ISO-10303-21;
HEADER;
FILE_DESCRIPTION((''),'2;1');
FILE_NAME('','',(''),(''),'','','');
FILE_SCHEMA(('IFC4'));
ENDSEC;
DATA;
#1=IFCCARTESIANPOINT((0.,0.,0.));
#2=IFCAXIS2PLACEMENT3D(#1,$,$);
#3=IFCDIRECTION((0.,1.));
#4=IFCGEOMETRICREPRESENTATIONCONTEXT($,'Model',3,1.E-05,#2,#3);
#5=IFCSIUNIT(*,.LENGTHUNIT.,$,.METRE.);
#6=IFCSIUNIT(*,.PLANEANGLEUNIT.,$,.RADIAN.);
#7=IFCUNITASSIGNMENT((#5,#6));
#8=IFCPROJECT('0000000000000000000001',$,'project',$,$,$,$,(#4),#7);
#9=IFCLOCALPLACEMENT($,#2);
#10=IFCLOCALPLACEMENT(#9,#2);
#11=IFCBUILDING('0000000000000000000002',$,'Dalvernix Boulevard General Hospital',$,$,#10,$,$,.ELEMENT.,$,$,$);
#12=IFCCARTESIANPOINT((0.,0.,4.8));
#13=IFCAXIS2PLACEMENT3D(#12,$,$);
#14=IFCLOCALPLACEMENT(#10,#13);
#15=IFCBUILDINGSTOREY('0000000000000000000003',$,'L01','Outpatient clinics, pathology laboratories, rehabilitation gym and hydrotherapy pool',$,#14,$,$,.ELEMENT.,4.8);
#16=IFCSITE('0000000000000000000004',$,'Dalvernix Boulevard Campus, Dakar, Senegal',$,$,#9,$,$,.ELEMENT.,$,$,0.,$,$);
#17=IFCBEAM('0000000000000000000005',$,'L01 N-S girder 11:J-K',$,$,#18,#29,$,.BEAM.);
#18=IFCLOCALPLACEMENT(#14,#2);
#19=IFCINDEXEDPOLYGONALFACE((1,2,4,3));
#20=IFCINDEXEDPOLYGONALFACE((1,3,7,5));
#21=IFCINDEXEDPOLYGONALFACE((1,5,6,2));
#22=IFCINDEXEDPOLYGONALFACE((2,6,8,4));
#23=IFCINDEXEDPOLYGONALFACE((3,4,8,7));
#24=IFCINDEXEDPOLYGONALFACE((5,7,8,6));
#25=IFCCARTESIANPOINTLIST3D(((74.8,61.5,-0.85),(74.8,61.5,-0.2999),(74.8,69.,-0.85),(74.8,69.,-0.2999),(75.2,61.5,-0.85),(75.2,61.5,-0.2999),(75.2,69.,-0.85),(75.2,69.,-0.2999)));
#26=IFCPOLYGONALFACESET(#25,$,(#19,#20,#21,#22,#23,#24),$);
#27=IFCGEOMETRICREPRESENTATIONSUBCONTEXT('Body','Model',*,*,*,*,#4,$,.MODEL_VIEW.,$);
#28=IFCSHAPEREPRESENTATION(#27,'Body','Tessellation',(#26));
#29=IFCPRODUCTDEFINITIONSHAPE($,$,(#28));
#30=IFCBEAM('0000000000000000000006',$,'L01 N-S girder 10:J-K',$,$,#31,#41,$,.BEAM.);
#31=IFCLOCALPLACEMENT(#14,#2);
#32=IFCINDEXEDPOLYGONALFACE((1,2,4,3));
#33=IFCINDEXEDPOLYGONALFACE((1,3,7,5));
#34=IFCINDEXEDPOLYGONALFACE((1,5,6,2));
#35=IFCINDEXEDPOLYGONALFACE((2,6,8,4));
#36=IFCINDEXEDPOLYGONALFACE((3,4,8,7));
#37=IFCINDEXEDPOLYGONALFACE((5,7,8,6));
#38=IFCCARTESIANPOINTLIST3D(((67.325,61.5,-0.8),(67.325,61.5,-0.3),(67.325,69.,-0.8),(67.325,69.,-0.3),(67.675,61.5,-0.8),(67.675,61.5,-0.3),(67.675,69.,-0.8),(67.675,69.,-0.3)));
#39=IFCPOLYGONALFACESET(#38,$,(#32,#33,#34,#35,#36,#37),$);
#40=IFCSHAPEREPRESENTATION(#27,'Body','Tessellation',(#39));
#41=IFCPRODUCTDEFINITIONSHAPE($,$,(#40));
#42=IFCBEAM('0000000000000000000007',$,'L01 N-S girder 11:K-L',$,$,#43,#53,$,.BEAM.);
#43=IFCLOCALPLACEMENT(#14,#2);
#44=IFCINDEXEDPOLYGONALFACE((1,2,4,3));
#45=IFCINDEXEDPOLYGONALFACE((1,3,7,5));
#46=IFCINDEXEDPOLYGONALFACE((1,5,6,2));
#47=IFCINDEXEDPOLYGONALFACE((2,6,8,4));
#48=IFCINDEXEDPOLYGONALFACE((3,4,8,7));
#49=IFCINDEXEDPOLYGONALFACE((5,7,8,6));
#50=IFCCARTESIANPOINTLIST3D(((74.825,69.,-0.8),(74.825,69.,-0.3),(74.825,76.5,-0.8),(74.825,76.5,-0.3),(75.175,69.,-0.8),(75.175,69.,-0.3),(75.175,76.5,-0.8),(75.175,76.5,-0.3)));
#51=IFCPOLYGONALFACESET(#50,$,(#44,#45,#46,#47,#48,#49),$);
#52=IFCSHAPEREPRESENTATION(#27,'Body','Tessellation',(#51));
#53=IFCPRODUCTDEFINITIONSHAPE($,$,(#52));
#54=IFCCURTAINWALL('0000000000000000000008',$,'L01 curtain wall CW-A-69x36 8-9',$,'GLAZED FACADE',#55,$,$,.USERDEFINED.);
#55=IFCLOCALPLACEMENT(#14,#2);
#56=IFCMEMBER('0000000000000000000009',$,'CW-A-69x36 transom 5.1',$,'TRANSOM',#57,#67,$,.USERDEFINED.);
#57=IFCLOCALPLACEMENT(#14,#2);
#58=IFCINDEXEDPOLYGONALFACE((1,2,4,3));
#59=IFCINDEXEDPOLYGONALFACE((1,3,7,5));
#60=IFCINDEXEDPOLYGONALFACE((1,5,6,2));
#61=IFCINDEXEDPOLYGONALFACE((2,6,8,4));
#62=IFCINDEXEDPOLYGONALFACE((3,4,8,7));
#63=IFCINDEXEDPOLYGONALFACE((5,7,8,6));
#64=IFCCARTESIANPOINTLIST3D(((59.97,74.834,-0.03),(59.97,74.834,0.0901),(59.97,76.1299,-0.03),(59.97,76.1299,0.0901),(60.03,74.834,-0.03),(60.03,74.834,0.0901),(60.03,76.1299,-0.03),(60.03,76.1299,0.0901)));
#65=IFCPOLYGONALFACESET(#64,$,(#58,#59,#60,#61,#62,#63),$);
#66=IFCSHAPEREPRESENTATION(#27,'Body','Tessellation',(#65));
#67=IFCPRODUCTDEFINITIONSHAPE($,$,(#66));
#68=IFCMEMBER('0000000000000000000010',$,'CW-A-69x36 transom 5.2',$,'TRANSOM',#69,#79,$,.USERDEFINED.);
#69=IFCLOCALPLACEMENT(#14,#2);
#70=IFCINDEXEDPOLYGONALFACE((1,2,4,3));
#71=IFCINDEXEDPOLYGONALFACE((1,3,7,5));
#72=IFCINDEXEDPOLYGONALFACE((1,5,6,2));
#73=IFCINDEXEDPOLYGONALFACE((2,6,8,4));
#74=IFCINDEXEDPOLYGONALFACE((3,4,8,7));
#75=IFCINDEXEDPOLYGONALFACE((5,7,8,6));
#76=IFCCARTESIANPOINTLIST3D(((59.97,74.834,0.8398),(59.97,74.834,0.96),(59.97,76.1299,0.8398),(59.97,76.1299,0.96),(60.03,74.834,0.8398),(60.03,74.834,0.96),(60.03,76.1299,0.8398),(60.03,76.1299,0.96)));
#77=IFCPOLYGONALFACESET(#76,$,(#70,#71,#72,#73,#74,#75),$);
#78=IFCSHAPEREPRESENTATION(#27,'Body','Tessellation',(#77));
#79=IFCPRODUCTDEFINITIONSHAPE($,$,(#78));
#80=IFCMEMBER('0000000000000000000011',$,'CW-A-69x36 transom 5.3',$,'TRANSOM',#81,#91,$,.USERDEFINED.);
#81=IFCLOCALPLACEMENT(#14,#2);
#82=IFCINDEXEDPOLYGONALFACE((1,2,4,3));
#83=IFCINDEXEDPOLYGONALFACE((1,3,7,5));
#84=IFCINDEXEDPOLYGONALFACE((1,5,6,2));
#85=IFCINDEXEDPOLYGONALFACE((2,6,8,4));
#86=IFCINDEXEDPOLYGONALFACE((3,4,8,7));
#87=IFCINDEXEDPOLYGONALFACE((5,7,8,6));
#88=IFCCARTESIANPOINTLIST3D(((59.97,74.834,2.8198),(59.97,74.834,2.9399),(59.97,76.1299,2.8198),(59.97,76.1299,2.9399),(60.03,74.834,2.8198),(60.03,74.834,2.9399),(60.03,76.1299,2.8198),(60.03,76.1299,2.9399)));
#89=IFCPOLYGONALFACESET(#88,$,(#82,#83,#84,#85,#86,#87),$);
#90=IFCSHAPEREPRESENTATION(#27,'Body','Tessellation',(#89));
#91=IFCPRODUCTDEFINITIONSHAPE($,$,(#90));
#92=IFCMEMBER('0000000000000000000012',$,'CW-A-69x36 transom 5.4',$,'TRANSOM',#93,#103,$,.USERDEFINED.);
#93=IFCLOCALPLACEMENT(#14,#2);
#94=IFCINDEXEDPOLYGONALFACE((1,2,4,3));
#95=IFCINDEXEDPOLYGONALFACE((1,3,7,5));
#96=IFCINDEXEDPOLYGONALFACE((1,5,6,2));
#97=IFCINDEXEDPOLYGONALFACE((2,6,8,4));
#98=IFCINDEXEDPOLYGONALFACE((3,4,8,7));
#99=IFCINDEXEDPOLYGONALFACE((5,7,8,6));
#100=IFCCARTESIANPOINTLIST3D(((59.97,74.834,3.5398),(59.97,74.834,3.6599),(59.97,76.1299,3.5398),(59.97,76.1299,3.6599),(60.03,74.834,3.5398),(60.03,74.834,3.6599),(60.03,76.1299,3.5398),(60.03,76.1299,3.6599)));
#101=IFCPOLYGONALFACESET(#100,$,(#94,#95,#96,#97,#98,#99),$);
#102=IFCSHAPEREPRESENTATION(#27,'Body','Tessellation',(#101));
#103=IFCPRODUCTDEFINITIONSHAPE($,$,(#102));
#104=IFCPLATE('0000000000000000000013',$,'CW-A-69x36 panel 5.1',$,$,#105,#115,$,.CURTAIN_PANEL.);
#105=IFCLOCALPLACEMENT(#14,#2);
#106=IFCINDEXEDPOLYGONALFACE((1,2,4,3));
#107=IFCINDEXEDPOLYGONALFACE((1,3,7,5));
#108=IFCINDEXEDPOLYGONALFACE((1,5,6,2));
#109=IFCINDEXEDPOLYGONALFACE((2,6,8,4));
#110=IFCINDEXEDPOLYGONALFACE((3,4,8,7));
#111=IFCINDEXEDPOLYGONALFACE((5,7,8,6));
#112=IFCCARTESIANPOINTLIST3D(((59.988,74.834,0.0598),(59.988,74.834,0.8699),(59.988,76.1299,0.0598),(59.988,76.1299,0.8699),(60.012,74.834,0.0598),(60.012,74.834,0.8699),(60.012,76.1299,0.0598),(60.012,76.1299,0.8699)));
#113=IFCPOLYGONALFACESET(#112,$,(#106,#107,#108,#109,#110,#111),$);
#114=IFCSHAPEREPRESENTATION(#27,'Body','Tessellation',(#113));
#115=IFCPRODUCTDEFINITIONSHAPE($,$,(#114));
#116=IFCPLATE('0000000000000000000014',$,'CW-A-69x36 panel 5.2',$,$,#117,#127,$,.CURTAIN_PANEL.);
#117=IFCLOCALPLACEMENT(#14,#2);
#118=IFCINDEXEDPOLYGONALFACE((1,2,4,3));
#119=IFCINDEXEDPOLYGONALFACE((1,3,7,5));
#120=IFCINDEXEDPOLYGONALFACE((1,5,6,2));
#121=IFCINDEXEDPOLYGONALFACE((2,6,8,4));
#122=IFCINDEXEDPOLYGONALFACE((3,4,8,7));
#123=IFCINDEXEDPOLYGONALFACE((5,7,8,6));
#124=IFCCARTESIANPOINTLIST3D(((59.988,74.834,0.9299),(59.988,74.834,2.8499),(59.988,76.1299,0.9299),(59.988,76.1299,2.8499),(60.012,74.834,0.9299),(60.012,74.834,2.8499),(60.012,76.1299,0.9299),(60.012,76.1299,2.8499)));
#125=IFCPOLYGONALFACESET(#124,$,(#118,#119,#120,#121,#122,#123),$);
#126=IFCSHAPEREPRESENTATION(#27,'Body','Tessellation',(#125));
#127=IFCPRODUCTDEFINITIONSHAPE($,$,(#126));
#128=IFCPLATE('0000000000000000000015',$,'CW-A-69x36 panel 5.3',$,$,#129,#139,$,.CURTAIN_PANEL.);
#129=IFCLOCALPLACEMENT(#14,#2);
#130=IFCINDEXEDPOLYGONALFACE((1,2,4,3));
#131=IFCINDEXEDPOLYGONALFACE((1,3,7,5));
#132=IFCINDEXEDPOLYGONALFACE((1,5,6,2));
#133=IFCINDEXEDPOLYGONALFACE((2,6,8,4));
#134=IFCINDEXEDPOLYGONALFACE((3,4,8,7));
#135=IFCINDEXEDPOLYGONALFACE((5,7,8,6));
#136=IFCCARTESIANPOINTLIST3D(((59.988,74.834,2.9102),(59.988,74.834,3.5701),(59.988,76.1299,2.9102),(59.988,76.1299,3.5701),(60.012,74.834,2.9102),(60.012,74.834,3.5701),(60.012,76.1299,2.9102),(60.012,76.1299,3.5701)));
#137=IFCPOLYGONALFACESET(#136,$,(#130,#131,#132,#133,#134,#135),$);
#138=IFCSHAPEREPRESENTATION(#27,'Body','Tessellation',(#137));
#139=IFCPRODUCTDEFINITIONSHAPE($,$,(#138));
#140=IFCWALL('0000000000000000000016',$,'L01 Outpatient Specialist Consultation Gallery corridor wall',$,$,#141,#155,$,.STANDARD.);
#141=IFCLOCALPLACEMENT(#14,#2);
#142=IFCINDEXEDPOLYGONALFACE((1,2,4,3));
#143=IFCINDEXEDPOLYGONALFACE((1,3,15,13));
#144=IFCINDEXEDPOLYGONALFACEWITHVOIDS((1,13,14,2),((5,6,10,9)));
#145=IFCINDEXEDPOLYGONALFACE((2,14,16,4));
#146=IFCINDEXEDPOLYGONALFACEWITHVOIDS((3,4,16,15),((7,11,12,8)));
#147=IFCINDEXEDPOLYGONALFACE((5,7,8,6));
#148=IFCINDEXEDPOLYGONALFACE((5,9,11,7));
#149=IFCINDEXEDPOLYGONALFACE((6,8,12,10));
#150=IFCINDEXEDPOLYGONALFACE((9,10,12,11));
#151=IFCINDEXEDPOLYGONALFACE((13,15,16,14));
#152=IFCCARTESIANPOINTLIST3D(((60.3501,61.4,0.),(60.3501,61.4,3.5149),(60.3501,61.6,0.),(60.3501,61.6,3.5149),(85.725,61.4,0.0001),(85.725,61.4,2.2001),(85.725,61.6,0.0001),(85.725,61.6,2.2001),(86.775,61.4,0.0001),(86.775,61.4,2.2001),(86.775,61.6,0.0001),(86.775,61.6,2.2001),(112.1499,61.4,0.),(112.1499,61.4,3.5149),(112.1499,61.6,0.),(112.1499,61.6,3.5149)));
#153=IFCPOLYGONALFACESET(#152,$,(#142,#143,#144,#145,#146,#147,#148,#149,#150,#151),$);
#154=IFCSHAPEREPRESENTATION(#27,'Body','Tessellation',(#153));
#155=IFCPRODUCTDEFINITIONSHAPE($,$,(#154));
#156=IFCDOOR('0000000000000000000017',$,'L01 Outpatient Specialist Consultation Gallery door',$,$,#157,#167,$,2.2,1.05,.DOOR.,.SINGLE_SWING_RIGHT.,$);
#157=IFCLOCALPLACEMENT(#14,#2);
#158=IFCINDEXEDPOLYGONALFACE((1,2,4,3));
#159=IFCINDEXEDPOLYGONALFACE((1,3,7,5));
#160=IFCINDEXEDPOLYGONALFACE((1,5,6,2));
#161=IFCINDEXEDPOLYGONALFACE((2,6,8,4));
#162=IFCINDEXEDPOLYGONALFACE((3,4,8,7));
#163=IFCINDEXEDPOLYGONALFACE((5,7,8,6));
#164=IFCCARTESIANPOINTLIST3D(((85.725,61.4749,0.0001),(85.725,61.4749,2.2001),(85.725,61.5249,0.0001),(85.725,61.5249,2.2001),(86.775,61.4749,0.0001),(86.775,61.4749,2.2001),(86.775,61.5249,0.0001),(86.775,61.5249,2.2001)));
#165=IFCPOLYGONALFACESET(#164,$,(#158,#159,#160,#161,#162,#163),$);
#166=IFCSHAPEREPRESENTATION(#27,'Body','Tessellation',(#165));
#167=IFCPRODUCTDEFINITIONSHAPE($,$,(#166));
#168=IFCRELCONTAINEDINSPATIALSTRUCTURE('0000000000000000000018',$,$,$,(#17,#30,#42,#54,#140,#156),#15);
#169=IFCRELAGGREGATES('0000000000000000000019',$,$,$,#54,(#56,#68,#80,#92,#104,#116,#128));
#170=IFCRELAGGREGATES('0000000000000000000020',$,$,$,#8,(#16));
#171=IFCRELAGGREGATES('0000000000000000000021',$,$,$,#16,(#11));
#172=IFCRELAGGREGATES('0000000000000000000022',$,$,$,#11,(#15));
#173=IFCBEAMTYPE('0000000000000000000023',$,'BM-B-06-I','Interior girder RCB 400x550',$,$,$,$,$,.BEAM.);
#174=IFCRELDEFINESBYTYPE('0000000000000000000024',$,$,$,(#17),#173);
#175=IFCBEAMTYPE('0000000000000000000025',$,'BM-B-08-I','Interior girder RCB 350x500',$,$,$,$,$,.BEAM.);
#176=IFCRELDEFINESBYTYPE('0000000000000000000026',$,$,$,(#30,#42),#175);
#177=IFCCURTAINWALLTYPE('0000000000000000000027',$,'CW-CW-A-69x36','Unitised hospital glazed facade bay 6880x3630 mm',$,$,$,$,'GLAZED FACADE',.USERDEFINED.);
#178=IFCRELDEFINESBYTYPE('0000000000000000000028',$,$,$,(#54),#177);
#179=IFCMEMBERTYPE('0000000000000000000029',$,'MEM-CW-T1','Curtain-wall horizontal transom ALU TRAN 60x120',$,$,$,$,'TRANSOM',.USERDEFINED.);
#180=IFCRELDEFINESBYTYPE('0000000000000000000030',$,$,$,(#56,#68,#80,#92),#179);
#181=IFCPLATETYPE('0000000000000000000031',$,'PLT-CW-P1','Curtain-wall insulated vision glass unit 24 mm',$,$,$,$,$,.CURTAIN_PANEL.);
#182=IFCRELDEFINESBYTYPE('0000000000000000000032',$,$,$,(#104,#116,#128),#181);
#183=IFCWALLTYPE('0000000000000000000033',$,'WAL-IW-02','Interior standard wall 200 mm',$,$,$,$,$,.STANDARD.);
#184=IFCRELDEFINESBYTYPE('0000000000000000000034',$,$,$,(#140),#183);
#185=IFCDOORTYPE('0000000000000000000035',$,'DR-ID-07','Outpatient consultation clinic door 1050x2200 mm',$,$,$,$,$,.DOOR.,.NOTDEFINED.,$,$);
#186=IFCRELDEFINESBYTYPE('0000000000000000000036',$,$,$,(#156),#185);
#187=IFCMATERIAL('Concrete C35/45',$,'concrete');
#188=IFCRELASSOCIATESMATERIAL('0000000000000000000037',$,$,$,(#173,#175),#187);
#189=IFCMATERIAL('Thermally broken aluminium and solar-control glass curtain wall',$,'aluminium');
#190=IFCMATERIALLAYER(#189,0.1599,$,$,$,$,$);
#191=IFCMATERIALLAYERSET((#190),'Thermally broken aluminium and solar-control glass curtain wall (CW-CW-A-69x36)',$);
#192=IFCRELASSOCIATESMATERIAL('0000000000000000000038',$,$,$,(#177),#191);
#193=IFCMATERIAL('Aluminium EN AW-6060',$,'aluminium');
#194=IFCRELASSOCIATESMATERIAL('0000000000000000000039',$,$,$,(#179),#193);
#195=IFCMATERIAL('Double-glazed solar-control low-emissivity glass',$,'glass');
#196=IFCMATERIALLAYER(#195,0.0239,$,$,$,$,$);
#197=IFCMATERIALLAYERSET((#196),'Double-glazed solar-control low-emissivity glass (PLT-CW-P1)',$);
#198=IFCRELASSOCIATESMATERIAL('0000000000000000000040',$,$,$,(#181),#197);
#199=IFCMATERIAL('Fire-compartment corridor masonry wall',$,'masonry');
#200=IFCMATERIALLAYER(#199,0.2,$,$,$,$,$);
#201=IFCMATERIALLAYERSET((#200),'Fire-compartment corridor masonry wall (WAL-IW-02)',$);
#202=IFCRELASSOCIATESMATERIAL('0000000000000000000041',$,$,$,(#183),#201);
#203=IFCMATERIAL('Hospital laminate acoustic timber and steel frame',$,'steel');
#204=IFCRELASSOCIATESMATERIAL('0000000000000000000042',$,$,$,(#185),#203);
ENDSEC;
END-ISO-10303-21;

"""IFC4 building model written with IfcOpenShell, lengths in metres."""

from ifc_helpers import new_model, si_unit, direction, frame, frame_2d, origin, origin_2d, place, context, subcontext, project, spatial, rectangle, extrude, material, layer, layer_set, material_profile, profile_set, type_object, element, fill, aggregate, save


model = new_model("IFC4")

# Units and contexts
model_context = context("Model", 3, precision=1e-05, world=origin(), true_north=direction((0.0, 1.0)))
body_context = subcontext(model_context, "Body", "Model", "MODEL_VIEW")
ifc_project = project(units=[si_unit("LENGTHUNIT", "METRE"), si_unit("PLANEANGLEUNIT", "RADIAN")], contexts=[model_context])

# Site, building, storey
site_placement = place(None, origin())
site = spatial("IfcSite", under=ifc_project, at=site_placement, Name="Dalvernix Boulevard Campus, Dakar, Senegal", CompositionType="ELEMENT", RefElevation=0.0)
building_placement = place(site_placement, origin())
building = spatial("IfcBuilding", under=site, at=building_placement, Name="Dalvernix Boulevard General Hospital", CompositionType="ELEMENT")
storey_placement = place(building_placement, frame((0.0, 0.0, 4.8)))
storey = spatial("IfcBuildingStorey", under=building, at=storey_placement, Name="L01", Description="Outpatient clinics, pathology laboratories, rehabilitation gym and hydrotherapy pool", CompositionType="ELEMENT", Elevation=4.8)

# Beams
ifc_material_1 = material(Name="Concrete C35/45", Category="concrete")
ifc_material_profile_1 = material_profile(ifc_material_1, rectangle(XDim=0.3999, YDim=0.55, at=origin_2d()), Name="RCB 400x550")
ifc_profile_set_1 = profile_set([ifc_material_profile_1], Name="Concrete C35/45")
beam_type_1 = type_object("IfcBeamType", Name="BM-B-06-I", Description="Interior girder RCB 400x550", PredefinedType="BEAM", material=ifc_profile_set_1)
for number, where, z_axis, x_axis, name in (
    (1, (75.0, 61.5, -0.575), (0.0, 1.0, 0.0), (-1.0, 0.0, 0.0), "L01 N-S girder 11:J-K"),
):
    element("IfcBeam", number, at=place(storey_placement, frame(where, z_axis=z_axis, x_axis=x_axis)), inside=storey, type_object=beam_type_1, Name=name, PredefinedType="BEAM", context=body_context, shape_type="SweptSolid", body=[
        extrude(rectangle(XDim=0.3999, YDim=0.55, at=origin_2d()), origin(), (0.0, 0.0, 1.0), 7.5),
    ])
ifc_material_profile_2 = material_profile(ifc_material_1, rectangle(XDim=0.3501, YDim=0.5, at=origin_2d()), Name="RCB 350x500")
ifc_profile_set_2 = profile_set([ifc_material_profile_2], Name="Concrete C35/45")
beam_type_2 = type_object("IfcBeamType", Name="BM-B-08-I", Description="Interior girder RCB 350x500", PredefinedType="BEAM", material=ifc_profile_set_2)
for number, where, z_axis, x_axis, name in (
    (2, (67.5, 61.5, -0.55), (0.0, 1.0, 0.0), (-1.0, 0.0, 0.0), "L01 N-S girder 10:J-K"),
    (3, (75.0, 69.0, -0.55), (0.0, 1.0, 0.0), (-1.0, 0.0, 0.0), "L01 N-S girder 11:K-L"),
):
    element("IfcBeam", number, at=place(storey_placement, frame(where, z_axis=z_axis, x_axis=x_axis)), inside=storey, type_object=beam_type_2, Name=name, PredefinedType="BEAM", context=body_context, shape_type="SweptSolid", body=[
        extrude(rectangle(XDim=0.3501, YDim=0.5, at=origin_2d()), origin(), (0.0, 0.0, 1.0), 7.5),
    ])

# Curtain wall, members, plates
ifc_material_2 = material(Name="Thermally broken aluminium and solar-control glass curtain wall", Category="aluminium")
ifc_layer_1 = layer(ifc_material_2, 0.1599)
ifc_layer_set_1 = layer_set([ifc_layer_1], Name="Thermally broken aluminium and solar-control glass curtain wall (CW-CW-A-69x36)")
curtain_wall_type = type_object("IfcCurtainWallType", Name="CW-CW-A-69x36", Description="Unitised hospital glazed facade bay 6880x3630 mm", ElementType="GLAZED FACADE", PredefinedType="USERDEFINED", material=ifc_layer_set_1)
curtain_wall_placement = place(storey_placement, origin())
curtain_wall = element("IfcCurtainWall", 4, at=curtain_wall_placement, inside=storey, type_object=curtain_wall_type, Name="L01 curtain wall CW-A-69x36 8-9", ObjectType="GLAZED FACADE", PredefinedType="USERDEFINED")
ifc_material_3 = material(Name="Aluminium EN AW-6060", Category="aluminium")
ifc_material_profile_3 = material_profile(ifc_material_3, rectangle(XDim=0.0601, YDim=0.1201, at=origin_2d()), Name="ALU TRAN 60x120")
ifc_profile_set_3 = profile_set([ifc_material_profile_3], Name="Aluminium EN AW-6060")
member_type = type_object("IfcMemberType", Name="MEM-CW-T1", Description="Curtain-wall horizontal transom ALU TRAN 60x120", ElementType="TRANSOM", PredefinedType="USERDEFINED", material=ifc_profile_set_3)
member_1_placement = place(storey_placement, frame((60.0, 74.834, 0.03), z_axis=(0.0, 1.0, 0.0), x_axis=(-1.0, 0.0, 0.0)))
member_1 = element("IfcMember", 5, at=member_1_placement, type_object=member_type, Name="CW-A-69x36 transom 5.1", ObjectType="TRANSOM", PredefinedType="USERDEFINED", context=body_context, shape_type="SweptSolid", body=[
    extrude(rectangle(XDim=0.0601, YDim=0.1201, at=origin_2d()), origin(), (0.0, 0.0, 1.0), 1.2959),
])
member_2_placement = place(storey_placement, frame((60.0, 74.834, 0.8999), z_axis=(0.0, 1.0, 0.0), x_axis=(-1.0, 0.0, 0.0)))
member_2 = element("IfcMember", 6, at=member_2_placement, type_object=member_type, Name="CW-A-69x36 transom 5.2", ObjectType="TRANSOM", PredefinedType="USERDEFINED", context=body_context, shape_type="SweptSolid", body=[
    extrude(rectangle(XDim=0.0601, YDim=0.1201, at=origin_2d()), origin(), (0.0, 0.0, 1.0), 1.2959),
])
member_3_placement = place(storey_placement, frame((60.0, 74.834, 2.8799), z_axis=(0.0, 1.0, 0.0), x_axis=(-1.0, 0.0, 0.0)))
member_3 = element("IfcMember", 7, at=member_3_placement, type_object=member_type, Name="CW-A-69x36 transom 5.3", ObjectType="TRANSOM", PredefinedType="USERDEFINED", context=body_context, shape_type="SweptSolid", body=[
    extrude(rectangle(XDim=0.0601, YDim=0.1201, at=origin_2d()), origin(), (0.0, 0.0, 1.0), 1.2959),
])
member_4_placement = place(storey_placement, frame((60.0, 74.834, 3.5999), z_axis=(0.0, 1.0, 0.0), x_axis=(-1.0, 0.0, 0.0)))
member_4 = element("IfcMember", 8, at=member_4_placement, type_object=member_type, Name="CW-A-69x36 transom 5.4", ObjectType="TRANSOM", PredefinedType="USERDEFINED", context=body_context, shape_type="SweptSolid", body=[
    extrude(rectangle(XDim=0.0601, YDim=0.1201, at=origin_2d()), origin(), (0.0, 0.0, 1.0), 1.2959),
])
ifc_material_4 = material(Name="Double-glazed solar-control low-emissivity glass", Category="glass")
ifc_layer_2 = layer(ifc_material_4, 0.0239)
ifc_layer_set_2 = layer_set([ifc_layer_2], Name="Double-glazed solar-control low-emissivity glass (PLT-CW-P1)")
plate_type = type_object("IfcPlateType", Name="PLT-CW-P1", Description="Curtain-wall insulated vision glass unit 24 mm", PredefinedType="CURTAIN_PANEL", material=ifc_layer_set_2)
plate_1_placement = place(storey_placement, frame((60.0, 75.4819, 0.0598), z_axis=(0.0, 0.0, 1.0), x_axis=(0.0, 1.0, 0.0)))
plate_1 = element("IfcPlate", 9, at=plate_1_placement, type_object=plate_type, Name="CW-A-69x36 panel 5.1", PredefinedType="CURTAIN_PANEL", context=body_context, shape_type="SweptSolid", body=[
    extrude(rectangle(XDim=1.2959, YDim=0.0239, at=origin_2d()), origin(), (0.0, 0.0, 1.0), 0.8101),
])
plate_2_placement = place(storey_placement, frame((60.0, 75.4819, 0.9299), z_axis=(0.0, 0.0, 1.0), x_axis=(0.0, 1.0, 0.0)))
plate_2 = element("IfcPlate", 10, at=plate_2_placement, type_object=plate_type, Name="CW-A-69x36 panel 5.2", PredefinedType="CURTAIN_PANEL", context=body_context, shape_type="SweptSolid", body=[
    extrude(rectangle(XDim=1.2959, YDim=0.0239, at=origin_2d()), origin(), (0.0, 0.0, 1.0), 1.9199),
])
plate_3_placement = place(storey_placement, frame((60.0, 75.4819, 2.9102), z_axis=(0.0, 0.0, 1.0), x_axis=(0.0, 1.0, 0.0)))
plate_3 = element("IfcPlate", 11, at=plate_3_placement, type_object=plate_type, Name="CW-A-69x36 panel 5.3", PredefinedType="CURTAIN_PANEL", context=body_context, shape_type="SweptSolid", body=[
    extrude(rectangle(XDim=1.2959, YDim=0.0239, at=origin_2d()), origin(), (0.0, 0.0, 1.0), 0.6599),
])
aggregate(curtain_wall, [member_1, member_2, member_3, member_4, plate_1, plate_2, plate_3])

# Wall, opening, door
ifc_material_5 = material(Name="Fire-compartment corridor masonry wall", Category="masonry")
ifc_layer_3 = layer(ifc_material_5, 0.2)
ifc_layer_set_3 = layer_set([ifc_layer_3], Name="Fire-compartment corridor masonry wall (WAL-IW-02)")
wall_type = type_object("IfcWallType", Name="WAL-IW-02", Description="Interior standard wall 200 mm", PredefinedType="STANDARD", material=ifc_layer_set_3)
wall_placement = place(storey_placement, frame((60.3501, 61.5, 0.0), z_axis=(0.0, 0.0, 1.0), x_axis=(1.0, 0.0, 0.0)))
wall = element("IfcWall", 12, at=wall_placement, inside=storey, type_object=wall_type, Name="L01 Outpatient Specialist Consultation Gallery corridor wall", PredefinedType="STANDARD", context=body_context, shape_type="SweptSolid", body=[
    extrude(rectangle(XDim=51.7998, YDim=0.2, at=frame_2d((25.8999, 0.0))), origin(), (0.0, 0.0, 1.0), 3.5149),
])
opening_placement = place(wall_placement, frame((25.375, 0.0, 0.0)))
opening = element("IfcOpeningElement", 13, at=opening_placement, cuts=wall, PredefinedType="OPENING", context=body_context, shape_type="SweptSolid", body=[
    extrude(rectangle(XDim=1.05, YDim=2.2, at=frame_2d((0.5249, 1.1001))), frame((0.0, 0.1099, 0.0), z_axis=(0.0, -1.0, 0.0), x_axis=(1.0, 0.0, 0.0)), (0.0, 0.0, 1.0), 0.22),
])
ifc_material_6 = material(Name="Hospital laminate acoustic timber and steel frame", Category="steel")
door_type = type_object("IfcDoorType", Name="DR-ID-07", Description="Outpatient consultation clinic door 1050x2200 mm", OperationType="NOTDEFINED", PredefinedType="DOOR", material=ifc_material_6)
door_placement = place(opening_placement, origin())
door = element("IfcDoor", 14, at=door_placement, inside=storey, type_object=door_type, Name="L01 Outpatient Specialist Consultation Gallery door", OperationType="SINGLE_SWING_RIGHT", OverallHeight=2.2, OverallWidth=1.05, PredefinedType="DOOR", context=body_context, shape_type="SweptSolid", body=[
    extrude(rectangle(XDim=1.05, YDim=2.2, at=frame_2d((0.5249, 1.1001))), frame((0.0, 0.0249, 0.0), z_axis=(0.0, -1.0, 0.0), x_axis=(1.0, 0.0, 0.0)), (0.0, 0.0, 1.0), 0.05),
])
fill(opening, door)

save(model, "model.ifc")
